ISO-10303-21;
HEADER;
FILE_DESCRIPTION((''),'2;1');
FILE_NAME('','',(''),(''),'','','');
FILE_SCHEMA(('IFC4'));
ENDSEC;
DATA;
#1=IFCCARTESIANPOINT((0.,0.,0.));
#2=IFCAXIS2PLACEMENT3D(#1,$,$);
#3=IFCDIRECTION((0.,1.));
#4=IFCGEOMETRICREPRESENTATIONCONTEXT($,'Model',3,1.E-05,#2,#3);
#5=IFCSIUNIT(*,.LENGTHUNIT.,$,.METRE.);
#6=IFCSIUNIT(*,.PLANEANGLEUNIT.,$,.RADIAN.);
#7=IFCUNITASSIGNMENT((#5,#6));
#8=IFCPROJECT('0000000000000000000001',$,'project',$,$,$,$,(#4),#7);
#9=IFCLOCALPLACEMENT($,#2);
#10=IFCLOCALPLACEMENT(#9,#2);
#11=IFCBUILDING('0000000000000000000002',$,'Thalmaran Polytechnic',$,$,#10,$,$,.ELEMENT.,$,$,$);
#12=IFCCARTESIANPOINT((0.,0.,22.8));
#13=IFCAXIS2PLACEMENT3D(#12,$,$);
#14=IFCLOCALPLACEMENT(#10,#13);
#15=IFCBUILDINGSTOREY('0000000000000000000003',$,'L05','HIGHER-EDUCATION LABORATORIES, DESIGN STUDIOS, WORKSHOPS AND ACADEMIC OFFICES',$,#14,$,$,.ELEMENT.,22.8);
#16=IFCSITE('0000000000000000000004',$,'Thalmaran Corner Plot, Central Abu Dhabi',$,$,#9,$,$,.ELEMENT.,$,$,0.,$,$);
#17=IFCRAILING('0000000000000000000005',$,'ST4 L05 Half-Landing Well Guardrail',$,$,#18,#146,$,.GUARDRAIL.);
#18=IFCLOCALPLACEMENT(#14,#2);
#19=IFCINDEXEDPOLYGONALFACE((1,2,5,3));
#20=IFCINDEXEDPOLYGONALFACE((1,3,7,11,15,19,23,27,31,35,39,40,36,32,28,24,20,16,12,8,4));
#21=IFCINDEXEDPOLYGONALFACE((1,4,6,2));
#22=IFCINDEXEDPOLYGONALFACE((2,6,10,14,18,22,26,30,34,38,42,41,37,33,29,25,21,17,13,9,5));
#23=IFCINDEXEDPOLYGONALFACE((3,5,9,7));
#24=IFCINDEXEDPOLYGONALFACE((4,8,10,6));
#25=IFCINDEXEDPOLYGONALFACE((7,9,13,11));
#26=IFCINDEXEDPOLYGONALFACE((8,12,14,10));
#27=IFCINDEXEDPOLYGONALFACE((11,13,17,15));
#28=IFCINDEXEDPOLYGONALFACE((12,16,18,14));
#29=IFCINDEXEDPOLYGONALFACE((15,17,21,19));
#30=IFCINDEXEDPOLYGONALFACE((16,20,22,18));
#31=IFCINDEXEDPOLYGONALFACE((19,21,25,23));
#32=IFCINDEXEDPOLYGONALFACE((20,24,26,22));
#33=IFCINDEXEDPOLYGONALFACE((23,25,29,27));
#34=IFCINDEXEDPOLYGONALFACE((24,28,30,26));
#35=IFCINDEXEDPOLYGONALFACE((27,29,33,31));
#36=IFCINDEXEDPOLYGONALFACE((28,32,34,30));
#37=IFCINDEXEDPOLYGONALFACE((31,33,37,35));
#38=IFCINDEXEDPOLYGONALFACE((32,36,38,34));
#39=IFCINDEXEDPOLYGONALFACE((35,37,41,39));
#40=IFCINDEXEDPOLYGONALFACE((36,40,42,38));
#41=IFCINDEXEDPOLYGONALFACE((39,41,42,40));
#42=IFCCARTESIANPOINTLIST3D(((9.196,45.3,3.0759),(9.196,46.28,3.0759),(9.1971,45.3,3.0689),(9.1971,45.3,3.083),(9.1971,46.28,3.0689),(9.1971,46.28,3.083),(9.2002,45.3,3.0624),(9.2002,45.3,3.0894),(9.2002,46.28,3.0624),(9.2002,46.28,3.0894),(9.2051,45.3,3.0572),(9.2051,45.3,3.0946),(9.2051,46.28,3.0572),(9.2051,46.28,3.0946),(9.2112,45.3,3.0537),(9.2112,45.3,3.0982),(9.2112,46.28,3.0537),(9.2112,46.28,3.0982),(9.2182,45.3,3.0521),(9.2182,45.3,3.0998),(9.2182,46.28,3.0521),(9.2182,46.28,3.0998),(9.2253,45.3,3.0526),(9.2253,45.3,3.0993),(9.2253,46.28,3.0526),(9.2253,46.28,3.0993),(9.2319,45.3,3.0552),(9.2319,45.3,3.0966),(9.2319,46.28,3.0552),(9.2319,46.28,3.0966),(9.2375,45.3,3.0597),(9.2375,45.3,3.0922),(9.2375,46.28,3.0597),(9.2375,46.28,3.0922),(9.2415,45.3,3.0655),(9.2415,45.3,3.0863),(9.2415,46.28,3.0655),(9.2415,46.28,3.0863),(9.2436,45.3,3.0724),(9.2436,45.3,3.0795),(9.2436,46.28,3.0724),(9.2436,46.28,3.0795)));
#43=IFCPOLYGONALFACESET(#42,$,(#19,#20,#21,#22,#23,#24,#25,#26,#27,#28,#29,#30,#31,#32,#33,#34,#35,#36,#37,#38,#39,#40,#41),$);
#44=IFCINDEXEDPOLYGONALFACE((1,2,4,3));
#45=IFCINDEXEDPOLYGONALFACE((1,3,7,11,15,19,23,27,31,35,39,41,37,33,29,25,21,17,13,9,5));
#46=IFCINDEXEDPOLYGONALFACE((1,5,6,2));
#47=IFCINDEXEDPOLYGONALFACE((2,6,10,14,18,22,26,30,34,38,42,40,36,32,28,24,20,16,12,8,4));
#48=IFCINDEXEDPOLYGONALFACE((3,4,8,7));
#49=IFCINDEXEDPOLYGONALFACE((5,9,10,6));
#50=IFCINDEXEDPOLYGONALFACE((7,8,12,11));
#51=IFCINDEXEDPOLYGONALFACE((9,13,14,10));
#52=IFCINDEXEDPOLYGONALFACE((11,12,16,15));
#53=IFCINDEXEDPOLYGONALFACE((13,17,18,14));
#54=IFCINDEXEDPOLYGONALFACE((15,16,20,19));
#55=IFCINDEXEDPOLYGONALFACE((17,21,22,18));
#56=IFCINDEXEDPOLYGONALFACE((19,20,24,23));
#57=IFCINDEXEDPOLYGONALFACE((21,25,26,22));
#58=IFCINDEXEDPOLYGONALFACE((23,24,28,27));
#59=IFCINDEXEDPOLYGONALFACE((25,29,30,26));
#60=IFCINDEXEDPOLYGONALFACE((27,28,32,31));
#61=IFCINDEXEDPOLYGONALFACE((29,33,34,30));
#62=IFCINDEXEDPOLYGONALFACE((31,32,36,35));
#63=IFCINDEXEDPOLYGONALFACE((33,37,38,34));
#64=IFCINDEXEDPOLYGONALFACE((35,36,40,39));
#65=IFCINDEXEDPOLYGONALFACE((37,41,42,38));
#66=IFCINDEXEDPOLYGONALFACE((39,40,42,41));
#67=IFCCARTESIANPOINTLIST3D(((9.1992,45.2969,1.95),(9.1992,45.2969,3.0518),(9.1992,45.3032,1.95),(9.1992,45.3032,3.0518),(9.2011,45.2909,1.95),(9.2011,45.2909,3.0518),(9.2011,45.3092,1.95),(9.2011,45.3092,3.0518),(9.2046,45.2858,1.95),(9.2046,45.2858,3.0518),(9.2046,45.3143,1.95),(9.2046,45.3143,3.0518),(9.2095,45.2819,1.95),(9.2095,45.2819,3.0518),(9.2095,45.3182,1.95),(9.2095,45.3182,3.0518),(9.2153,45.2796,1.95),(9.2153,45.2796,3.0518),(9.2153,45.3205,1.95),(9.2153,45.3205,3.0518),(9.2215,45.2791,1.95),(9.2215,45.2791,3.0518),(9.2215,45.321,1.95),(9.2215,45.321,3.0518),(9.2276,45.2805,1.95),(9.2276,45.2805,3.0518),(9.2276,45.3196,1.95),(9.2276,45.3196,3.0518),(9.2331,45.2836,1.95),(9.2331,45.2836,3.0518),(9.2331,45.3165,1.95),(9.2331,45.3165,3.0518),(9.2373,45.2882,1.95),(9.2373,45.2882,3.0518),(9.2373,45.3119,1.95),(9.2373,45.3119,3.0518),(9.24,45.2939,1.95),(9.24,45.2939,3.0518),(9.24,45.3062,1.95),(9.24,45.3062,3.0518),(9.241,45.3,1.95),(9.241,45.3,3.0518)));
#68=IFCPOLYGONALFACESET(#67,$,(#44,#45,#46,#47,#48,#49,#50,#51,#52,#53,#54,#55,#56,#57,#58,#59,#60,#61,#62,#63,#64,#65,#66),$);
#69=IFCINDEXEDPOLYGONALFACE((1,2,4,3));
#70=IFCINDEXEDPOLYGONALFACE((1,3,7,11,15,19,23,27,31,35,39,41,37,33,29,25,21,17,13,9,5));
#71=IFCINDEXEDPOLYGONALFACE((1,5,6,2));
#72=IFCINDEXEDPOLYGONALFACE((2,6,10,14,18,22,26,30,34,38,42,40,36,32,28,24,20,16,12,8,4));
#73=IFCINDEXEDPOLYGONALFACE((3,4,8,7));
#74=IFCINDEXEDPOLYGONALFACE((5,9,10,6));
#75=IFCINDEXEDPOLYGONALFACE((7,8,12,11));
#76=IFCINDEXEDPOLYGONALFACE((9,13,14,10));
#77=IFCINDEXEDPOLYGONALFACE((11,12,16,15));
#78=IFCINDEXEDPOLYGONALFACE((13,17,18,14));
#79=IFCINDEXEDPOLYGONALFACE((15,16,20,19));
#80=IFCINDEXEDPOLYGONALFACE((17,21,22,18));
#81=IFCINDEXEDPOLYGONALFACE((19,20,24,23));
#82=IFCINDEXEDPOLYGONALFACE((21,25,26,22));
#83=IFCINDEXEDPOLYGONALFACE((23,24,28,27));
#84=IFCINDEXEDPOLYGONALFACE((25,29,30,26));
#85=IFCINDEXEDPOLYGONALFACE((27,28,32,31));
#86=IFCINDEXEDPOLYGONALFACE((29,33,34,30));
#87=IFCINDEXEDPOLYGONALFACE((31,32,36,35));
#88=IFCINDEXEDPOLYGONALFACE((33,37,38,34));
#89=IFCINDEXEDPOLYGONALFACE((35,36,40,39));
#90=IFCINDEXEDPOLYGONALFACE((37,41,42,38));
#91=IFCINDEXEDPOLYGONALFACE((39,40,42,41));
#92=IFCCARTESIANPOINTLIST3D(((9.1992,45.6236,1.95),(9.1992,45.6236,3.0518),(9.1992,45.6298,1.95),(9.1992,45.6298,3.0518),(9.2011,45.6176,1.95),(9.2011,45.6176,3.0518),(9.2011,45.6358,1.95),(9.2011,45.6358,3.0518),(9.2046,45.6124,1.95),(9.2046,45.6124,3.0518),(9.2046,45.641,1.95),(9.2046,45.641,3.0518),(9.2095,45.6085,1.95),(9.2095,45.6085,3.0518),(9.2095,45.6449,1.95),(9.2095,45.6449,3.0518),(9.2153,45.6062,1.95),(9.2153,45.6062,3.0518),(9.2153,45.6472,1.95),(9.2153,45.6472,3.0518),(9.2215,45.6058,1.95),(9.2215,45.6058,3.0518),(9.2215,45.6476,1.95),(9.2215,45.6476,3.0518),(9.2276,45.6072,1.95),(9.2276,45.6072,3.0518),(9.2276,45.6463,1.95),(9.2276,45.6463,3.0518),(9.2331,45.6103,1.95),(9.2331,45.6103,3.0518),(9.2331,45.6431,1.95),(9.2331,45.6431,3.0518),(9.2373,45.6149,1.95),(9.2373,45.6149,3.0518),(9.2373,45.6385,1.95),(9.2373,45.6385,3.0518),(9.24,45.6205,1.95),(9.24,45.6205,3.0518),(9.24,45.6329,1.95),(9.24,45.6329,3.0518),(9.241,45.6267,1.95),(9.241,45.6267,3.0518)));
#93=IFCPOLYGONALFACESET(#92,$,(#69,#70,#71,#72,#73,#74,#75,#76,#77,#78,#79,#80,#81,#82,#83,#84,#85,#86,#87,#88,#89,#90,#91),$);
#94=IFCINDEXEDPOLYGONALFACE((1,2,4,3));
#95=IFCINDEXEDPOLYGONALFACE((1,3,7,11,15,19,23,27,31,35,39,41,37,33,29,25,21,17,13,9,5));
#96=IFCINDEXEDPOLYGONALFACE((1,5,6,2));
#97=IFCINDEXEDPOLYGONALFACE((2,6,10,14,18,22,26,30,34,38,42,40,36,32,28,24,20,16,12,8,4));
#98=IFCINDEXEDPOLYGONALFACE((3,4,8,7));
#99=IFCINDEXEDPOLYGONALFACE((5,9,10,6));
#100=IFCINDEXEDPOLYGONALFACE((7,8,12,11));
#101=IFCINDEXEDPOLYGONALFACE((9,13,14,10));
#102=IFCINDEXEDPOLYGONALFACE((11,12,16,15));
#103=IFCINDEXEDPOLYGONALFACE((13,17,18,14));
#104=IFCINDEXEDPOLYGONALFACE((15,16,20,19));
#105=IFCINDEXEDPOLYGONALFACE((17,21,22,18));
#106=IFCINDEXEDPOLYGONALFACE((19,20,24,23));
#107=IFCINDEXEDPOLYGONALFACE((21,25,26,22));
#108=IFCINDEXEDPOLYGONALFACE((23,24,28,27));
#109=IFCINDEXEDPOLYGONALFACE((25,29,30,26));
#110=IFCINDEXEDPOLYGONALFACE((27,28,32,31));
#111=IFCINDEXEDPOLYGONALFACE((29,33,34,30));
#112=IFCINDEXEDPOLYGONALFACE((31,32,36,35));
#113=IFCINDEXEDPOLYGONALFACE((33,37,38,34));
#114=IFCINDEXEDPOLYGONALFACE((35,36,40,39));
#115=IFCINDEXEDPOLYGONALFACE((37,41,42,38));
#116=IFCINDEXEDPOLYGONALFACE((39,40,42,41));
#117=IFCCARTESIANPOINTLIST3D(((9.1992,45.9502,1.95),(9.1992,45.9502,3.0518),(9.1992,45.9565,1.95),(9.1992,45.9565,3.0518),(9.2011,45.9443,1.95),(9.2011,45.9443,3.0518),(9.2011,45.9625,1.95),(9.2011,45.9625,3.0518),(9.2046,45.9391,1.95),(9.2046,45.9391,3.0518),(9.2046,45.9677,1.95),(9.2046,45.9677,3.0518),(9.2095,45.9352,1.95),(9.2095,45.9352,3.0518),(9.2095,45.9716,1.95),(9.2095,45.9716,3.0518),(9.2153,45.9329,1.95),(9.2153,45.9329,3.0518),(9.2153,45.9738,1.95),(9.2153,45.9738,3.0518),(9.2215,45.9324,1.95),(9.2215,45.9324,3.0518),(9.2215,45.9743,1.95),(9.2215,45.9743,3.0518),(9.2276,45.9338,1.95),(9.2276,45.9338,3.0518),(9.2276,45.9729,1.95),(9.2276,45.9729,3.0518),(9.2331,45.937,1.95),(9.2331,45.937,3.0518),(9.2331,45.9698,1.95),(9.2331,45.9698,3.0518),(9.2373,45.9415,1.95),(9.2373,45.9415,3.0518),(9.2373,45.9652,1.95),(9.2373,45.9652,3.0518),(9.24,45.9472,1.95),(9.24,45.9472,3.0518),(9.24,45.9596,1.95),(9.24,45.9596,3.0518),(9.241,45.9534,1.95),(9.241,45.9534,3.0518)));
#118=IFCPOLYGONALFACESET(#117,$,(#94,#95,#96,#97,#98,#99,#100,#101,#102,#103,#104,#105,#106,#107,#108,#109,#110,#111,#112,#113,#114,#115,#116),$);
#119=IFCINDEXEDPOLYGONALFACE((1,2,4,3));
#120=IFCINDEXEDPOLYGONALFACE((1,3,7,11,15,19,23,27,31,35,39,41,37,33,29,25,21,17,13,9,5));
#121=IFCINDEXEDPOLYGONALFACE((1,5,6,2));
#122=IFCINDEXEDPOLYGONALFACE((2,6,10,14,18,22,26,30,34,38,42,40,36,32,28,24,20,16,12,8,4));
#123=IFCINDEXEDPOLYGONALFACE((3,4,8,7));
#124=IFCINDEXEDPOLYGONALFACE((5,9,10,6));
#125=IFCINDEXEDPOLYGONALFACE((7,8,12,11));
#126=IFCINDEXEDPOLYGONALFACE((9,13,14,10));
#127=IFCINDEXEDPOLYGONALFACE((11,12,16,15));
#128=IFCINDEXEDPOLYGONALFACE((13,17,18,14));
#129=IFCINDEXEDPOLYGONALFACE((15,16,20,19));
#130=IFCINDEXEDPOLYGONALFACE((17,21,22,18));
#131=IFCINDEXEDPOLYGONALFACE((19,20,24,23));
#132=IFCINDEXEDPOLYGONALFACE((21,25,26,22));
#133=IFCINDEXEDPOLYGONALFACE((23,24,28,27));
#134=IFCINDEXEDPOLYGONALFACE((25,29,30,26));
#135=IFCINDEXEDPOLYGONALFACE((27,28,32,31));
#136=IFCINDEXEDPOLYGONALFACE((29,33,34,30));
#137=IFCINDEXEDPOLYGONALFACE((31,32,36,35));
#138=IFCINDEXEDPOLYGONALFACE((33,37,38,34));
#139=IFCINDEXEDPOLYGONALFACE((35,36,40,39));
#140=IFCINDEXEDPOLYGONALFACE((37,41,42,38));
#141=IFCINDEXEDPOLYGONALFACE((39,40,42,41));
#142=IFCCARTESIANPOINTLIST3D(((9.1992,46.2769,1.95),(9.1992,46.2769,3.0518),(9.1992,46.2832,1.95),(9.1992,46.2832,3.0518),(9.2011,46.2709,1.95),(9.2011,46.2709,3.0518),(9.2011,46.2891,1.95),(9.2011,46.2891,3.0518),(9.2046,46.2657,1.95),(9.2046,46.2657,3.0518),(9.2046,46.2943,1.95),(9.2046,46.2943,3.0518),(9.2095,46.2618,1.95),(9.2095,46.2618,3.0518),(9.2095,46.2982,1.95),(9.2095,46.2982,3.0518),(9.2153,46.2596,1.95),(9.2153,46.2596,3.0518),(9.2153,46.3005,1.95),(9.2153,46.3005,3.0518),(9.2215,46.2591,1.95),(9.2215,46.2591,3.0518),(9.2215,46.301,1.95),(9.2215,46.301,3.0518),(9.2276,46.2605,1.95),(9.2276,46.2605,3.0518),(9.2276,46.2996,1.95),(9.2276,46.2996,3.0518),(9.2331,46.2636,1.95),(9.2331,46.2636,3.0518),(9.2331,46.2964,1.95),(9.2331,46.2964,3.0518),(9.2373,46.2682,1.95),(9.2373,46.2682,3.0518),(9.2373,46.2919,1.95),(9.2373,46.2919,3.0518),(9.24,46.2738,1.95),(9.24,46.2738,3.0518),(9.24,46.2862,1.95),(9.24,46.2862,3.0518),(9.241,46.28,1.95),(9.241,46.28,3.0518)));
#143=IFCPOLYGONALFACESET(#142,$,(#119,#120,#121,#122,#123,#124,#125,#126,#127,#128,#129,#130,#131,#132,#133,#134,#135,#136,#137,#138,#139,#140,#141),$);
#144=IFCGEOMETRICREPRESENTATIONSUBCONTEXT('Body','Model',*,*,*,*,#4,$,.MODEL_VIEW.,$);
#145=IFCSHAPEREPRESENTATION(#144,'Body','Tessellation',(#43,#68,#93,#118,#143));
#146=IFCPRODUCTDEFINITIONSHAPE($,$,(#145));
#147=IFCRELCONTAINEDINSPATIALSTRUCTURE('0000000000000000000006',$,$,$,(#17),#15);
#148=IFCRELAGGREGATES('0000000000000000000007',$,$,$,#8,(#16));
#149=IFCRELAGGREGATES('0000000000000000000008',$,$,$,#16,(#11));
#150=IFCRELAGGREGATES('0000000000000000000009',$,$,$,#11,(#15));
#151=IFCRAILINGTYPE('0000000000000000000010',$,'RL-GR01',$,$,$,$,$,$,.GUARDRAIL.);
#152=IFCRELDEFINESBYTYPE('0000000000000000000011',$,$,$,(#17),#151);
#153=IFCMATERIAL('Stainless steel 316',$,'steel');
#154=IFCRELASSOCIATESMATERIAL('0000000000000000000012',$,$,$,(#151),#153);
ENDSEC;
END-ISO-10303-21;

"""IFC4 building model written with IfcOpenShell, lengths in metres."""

from ifc_helpers import new_model, si_unit, direction, frame, origin, origin_2d, place, context, subcontext, project, spatial, circle, extrude, material, type_object, element, save


model = new_model("IFC4")

# Units and contexts
model_context = context("Model", 3, precision=1e-05, world=origin(), true_north=direction((0.0, 1.0)))
body_context = subcontext(model_context, "Body", "Model", "MODEL_VIEW")
ifc_project = project(units=[si_unit("LENGTHUNIT", "METRE"), si_unit("PLANEANGLEUNIT", "RADIAN")], contexts=[model_context])

# Site, building, storey
site_placement = place(None, origin())
site = spatial("IfcSite", under=ifc_project, at=site_placement, Name="Thalmaran Corner Plot, Central Abu Dhabi", CompositionType="ELEMENT", RefElevation=0.0)
building_placement = place(site_placement, origin())
building = spatial("IfcBuilding", under=site, at=building_placement, Name="Thalmaran Polytechnic", CompositionType="ELEMENT")
storey_placement = place(building_placement, frame((0.0, 0.0, 22.8)))
storey = spatial("IfcBuildingStorey", under=building, at=storey_placement, Name="L05", Description="HIGHER-EDUCATION LABORATORIES, DESIGN STUDIOS, WORKSHOPS AND ACADEMIC OFFICES", CompositionType="ELEMENT", Elevation=22.8)

# Railing
ifc_material_1 = material(Name="Stainless steel 316", Category="steel")
railing_type_1 = type_object("IfcRailingType", Name="RL-GR01", PredefinedType="GUARDRAIL", material=ifc_material_1)
railing_1_placement = place(storey_placement, frame((9.22, 45.3, 1.95)))
element("IfcRailing", 1, at=railing_1_placement, inside=storey, type_object=railing_type_1, Name="ST4 L05 Half-Landing Well Guardrail", PredefinedType="GUARDRAIL", context=body_context, shape_type="SweptSolid", body=[
    extrude(circle(Radius=0.0239, at=origin_2d()), frame((0.0, 0.0, 1.126), z_axis=(0.0, 1.0, 0.0), x_axis=(-1.0, 0.0, 0.0)), (0.0, 0.0, 1.0), 0.98),
    extrude(circle(Radius=0.021, at=origin_2d()), origin(), (0.0, 0.0, 1.0), 1.1018),
    extrude(circle(Radius=0.021, at=origin_2d()), frame((0.0, 0.3267, 0.0)), (0.0, 0.0, 1.0), 1.1018),
    extrude(circle(Radius=0.021, at=origin_2d()), frame((0.0, 0.6533, 0.0)), (0.0, 0.0, 1.0), 1.1018),
    extrude(circle(Radius=0.021, at=origin_2d()), frame((0.0, 0.98, 0.0)), (0.0, 0.0, 1.0), 1.1018),
])

save(model, "model.ifc")
